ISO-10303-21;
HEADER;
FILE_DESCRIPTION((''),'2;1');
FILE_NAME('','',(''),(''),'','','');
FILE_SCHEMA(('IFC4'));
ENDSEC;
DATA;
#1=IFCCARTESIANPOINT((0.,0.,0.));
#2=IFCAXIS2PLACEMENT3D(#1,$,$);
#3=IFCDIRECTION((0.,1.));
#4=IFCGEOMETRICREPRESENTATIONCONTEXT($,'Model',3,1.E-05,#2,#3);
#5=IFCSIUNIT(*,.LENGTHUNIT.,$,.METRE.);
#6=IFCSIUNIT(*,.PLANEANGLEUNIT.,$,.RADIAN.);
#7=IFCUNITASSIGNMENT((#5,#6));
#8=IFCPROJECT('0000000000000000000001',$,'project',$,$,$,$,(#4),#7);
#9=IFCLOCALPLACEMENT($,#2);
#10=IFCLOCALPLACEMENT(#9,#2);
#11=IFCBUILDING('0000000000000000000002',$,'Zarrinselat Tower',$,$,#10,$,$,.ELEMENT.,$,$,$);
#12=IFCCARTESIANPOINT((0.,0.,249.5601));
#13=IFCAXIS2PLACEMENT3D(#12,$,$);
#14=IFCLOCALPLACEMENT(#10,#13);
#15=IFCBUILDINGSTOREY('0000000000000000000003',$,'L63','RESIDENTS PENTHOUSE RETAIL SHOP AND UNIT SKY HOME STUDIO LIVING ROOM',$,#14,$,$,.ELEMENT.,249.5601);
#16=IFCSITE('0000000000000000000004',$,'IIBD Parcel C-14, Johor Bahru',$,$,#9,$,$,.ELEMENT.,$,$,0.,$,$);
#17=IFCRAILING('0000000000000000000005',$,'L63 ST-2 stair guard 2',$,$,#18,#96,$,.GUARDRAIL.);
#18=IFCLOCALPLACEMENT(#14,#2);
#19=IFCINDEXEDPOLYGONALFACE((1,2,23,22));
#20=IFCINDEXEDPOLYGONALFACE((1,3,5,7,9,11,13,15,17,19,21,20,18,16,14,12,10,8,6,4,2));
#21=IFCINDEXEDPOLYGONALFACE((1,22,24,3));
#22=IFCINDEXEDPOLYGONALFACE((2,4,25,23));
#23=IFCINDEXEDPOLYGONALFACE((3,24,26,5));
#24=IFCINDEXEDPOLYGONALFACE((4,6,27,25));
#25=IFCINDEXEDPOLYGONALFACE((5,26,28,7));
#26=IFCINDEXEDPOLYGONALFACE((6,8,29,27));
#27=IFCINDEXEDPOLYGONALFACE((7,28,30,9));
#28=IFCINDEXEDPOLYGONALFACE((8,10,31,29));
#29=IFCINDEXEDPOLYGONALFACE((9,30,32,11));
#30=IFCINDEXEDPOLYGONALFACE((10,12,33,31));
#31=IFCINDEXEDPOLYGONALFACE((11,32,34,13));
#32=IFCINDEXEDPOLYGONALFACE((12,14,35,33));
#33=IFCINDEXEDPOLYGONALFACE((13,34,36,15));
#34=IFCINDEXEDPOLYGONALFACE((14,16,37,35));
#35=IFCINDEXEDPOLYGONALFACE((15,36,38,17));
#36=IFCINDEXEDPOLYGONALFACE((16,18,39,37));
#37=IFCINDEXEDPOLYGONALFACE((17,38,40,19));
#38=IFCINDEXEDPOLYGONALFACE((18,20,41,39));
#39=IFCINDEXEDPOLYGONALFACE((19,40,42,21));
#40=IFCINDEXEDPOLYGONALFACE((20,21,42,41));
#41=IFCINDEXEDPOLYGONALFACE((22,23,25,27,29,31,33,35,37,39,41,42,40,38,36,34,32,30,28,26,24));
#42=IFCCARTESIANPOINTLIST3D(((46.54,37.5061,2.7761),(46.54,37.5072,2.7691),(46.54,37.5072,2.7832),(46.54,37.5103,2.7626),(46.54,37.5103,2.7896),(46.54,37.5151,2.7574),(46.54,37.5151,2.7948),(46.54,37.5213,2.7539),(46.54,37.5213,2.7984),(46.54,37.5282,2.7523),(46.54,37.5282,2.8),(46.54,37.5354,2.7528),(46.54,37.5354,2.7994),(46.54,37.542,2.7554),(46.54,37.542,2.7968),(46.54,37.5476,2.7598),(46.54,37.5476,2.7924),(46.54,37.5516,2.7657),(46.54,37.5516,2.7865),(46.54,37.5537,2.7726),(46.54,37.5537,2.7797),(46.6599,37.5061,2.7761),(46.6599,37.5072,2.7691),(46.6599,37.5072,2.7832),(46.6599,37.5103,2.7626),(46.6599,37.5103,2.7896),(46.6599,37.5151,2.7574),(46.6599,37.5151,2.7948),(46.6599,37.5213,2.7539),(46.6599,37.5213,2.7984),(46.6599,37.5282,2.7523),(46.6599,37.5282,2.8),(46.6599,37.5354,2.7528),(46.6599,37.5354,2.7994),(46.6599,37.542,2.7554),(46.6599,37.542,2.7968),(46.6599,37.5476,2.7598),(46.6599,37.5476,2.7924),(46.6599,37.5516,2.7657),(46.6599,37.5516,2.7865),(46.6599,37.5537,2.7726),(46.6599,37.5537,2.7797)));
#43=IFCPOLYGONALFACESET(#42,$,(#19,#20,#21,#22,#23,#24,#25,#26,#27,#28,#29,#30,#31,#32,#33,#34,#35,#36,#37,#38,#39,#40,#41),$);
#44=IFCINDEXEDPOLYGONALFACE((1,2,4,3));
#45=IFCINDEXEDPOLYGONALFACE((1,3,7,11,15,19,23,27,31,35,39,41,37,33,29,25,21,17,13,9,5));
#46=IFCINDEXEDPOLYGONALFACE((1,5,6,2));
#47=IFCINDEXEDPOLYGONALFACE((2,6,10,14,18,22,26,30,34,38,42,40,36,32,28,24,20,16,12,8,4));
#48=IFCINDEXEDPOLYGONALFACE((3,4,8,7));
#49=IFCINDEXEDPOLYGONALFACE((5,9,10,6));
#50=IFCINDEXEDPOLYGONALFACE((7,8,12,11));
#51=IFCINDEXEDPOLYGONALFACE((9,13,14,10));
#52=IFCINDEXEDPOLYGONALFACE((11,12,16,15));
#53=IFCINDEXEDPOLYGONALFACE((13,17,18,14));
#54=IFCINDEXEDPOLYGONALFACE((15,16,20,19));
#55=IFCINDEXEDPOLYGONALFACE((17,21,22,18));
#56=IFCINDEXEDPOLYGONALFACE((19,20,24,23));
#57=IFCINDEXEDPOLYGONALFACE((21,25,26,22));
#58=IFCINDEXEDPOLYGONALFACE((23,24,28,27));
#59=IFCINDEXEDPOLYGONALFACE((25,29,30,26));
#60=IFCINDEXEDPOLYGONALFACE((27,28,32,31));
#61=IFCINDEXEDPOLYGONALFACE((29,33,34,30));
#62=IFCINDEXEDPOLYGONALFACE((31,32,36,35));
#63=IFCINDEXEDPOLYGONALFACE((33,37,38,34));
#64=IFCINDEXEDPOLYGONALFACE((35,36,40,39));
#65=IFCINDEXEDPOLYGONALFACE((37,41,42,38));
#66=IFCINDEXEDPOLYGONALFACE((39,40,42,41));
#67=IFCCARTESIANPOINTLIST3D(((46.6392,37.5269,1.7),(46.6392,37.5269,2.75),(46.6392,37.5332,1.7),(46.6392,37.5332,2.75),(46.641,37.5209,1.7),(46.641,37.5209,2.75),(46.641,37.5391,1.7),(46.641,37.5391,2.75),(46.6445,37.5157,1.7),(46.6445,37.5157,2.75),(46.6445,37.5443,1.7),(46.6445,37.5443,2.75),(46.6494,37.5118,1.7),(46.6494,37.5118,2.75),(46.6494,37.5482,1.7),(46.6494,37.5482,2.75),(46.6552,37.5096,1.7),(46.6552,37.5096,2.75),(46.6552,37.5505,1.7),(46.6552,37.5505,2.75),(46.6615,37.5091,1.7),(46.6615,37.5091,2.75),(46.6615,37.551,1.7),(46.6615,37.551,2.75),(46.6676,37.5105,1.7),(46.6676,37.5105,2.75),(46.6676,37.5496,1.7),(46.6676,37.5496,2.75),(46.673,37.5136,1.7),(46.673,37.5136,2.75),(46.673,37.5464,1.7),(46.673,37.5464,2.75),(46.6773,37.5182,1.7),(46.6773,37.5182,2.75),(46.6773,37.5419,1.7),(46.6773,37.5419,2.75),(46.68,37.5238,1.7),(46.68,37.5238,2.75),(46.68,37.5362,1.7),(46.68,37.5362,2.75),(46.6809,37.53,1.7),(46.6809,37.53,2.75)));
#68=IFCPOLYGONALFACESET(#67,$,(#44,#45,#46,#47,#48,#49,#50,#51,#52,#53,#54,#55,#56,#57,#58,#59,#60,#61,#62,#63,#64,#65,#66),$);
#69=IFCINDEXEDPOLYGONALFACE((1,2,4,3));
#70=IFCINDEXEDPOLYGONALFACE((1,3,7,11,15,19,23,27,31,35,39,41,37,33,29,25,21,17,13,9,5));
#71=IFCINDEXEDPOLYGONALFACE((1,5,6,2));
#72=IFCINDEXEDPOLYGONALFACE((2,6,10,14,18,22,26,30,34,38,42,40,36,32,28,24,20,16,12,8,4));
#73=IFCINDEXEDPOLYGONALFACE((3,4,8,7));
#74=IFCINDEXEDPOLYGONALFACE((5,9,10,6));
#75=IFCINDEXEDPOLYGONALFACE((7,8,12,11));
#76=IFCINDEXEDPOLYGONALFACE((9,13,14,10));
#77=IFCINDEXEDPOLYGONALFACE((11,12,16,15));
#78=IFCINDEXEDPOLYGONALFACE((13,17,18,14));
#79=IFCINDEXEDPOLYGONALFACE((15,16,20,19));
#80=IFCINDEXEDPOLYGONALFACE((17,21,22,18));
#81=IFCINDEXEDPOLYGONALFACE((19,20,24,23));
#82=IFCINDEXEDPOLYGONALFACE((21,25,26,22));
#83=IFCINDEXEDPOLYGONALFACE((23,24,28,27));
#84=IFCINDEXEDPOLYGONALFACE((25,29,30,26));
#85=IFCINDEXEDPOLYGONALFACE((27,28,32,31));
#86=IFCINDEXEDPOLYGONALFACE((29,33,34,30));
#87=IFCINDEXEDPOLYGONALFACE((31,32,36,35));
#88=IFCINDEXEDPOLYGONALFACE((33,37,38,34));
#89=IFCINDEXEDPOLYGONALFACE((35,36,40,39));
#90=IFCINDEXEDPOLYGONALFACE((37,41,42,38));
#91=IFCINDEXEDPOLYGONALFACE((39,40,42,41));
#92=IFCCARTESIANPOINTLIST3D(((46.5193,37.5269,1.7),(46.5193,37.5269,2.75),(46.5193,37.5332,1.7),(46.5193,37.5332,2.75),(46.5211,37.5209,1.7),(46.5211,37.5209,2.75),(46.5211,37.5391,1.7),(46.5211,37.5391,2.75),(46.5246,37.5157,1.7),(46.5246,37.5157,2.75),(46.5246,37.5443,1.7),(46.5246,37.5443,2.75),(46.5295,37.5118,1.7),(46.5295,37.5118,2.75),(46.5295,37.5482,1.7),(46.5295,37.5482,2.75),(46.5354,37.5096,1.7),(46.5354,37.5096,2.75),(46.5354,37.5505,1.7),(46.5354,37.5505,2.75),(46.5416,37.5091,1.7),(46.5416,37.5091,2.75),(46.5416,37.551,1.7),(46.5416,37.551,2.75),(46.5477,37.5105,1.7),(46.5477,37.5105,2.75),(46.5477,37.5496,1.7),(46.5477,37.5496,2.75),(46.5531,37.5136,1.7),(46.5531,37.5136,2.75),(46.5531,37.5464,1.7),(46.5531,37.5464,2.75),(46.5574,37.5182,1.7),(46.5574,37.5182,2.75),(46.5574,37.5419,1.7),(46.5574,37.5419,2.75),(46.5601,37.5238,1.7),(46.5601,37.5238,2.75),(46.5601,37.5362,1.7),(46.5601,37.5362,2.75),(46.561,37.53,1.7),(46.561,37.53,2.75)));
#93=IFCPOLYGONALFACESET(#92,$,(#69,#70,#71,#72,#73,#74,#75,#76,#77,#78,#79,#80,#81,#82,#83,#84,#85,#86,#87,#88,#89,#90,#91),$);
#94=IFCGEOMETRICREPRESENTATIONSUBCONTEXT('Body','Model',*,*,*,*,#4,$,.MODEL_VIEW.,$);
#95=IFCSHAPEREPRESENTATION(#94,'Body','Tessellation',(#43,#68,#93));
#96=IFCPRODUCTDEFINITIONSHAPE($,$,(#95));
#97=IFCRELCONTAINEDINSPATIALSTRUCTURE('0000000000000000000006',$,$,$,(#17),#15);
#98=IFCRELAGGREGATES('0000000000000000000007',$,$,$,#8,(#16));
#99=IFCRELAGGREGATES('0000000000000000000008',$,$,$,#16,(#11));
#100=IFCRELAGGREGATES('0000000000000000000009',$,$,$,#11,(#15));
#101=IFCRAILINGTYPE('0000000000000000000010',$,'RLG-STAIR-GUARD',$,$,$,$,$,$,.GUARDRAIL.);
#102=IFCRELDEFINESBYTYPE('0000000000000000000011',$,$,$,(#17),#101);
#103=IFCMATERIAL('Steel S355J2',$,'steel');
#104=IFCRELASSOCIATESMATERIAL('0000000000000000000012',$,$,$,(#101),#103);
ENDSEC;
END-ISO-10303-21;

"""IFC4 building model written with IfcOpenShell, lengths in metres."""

from ifc_helpers import new_model, si_unit, direction, frame, origin, origin_2d, place, context, subcontext, project, spatial, circle, extrude, material, type_object, element, save


model = new_model("IFC4")

# Units and contexts
model_context = context("Model", 3, precision=1e-05, world=origin(), true_north=direction((0.0, 1.0)))
body_context = subcontext(model_context, "Body", "Model", "MODEL_VIEW")
ifc_project = project(units=[si_unit("LENGTHUNIT", "METRE"), si_unit("PLANEANGLEUNIT", "RADIAN")], contexts=[model_context])

# Site, building, storey
site_placement = place(None, origin())
site = spatial("IfcSite", under=ifc_project, at=site_placement, Name="IIBD Parcel C-14, Johor Bahru", CompositionType="ELEMENT", RefElevation=0.0)
building_placement = place(site_placement, origin())
building = spatial("IfcBuilding", under=site, at=building_placement, Name="Zarrinselat Tower", CompositionType="ELEMENT")
storey_placement = place(building_placement, frame((0.0, 0.0, 249.5601)))
storey = spatial("IfcBuildingStorey", under=building, at=storey_placement, Name="L63", Description="RESIDENTS PENTHOUSE RETAIL SHOP AND UNIT SKY HOME STUDIO LIVING ROOM", CompositionType="ELEMENT", Elevation=249.5601)

# Railing
ifc_material_1 = material(Name="Steel S355J2", Category="steel")
railing_type_1 = type_object("IfcRailingType", Name="RLG-STAIR-GUARD", PredefinedType="GUARDRAIL", material=ifc_material_1)
railing_1_placement = place(storey_placement, frame((46.6599, 37.53, 1.7)))
element("IfcRailing", 1, at=railing_1_placement, inside=storey, type_object=railing_type_1, Name="L63 ST-2 stair guard 2", PredefinedType="GUARDRAIL", context=body_context, shape_type="SweptSolid", body=[
    extrude(circle(Radius=0.0239, at=origin_2d()), frame((0.0, 0.0, 1.0762), z_axis=(-1.0, 0.0, 0.0), x_axis=(0.0, -1.0, 0.0)), (0.0, 0.0, 1.0), 0.1199),
    extrude(circle(Radius=0.021, at=origin_2d()), origin(), (0.0, 0.0, 1.0), 1.05),
    extrude(circle(Radius=0.021, at=origin_2d()), frame((-0.1199, 0.0, 0.0)), (0.0, 0.0, 1.0), 1.05),
])

save(model, "model.ifc")
